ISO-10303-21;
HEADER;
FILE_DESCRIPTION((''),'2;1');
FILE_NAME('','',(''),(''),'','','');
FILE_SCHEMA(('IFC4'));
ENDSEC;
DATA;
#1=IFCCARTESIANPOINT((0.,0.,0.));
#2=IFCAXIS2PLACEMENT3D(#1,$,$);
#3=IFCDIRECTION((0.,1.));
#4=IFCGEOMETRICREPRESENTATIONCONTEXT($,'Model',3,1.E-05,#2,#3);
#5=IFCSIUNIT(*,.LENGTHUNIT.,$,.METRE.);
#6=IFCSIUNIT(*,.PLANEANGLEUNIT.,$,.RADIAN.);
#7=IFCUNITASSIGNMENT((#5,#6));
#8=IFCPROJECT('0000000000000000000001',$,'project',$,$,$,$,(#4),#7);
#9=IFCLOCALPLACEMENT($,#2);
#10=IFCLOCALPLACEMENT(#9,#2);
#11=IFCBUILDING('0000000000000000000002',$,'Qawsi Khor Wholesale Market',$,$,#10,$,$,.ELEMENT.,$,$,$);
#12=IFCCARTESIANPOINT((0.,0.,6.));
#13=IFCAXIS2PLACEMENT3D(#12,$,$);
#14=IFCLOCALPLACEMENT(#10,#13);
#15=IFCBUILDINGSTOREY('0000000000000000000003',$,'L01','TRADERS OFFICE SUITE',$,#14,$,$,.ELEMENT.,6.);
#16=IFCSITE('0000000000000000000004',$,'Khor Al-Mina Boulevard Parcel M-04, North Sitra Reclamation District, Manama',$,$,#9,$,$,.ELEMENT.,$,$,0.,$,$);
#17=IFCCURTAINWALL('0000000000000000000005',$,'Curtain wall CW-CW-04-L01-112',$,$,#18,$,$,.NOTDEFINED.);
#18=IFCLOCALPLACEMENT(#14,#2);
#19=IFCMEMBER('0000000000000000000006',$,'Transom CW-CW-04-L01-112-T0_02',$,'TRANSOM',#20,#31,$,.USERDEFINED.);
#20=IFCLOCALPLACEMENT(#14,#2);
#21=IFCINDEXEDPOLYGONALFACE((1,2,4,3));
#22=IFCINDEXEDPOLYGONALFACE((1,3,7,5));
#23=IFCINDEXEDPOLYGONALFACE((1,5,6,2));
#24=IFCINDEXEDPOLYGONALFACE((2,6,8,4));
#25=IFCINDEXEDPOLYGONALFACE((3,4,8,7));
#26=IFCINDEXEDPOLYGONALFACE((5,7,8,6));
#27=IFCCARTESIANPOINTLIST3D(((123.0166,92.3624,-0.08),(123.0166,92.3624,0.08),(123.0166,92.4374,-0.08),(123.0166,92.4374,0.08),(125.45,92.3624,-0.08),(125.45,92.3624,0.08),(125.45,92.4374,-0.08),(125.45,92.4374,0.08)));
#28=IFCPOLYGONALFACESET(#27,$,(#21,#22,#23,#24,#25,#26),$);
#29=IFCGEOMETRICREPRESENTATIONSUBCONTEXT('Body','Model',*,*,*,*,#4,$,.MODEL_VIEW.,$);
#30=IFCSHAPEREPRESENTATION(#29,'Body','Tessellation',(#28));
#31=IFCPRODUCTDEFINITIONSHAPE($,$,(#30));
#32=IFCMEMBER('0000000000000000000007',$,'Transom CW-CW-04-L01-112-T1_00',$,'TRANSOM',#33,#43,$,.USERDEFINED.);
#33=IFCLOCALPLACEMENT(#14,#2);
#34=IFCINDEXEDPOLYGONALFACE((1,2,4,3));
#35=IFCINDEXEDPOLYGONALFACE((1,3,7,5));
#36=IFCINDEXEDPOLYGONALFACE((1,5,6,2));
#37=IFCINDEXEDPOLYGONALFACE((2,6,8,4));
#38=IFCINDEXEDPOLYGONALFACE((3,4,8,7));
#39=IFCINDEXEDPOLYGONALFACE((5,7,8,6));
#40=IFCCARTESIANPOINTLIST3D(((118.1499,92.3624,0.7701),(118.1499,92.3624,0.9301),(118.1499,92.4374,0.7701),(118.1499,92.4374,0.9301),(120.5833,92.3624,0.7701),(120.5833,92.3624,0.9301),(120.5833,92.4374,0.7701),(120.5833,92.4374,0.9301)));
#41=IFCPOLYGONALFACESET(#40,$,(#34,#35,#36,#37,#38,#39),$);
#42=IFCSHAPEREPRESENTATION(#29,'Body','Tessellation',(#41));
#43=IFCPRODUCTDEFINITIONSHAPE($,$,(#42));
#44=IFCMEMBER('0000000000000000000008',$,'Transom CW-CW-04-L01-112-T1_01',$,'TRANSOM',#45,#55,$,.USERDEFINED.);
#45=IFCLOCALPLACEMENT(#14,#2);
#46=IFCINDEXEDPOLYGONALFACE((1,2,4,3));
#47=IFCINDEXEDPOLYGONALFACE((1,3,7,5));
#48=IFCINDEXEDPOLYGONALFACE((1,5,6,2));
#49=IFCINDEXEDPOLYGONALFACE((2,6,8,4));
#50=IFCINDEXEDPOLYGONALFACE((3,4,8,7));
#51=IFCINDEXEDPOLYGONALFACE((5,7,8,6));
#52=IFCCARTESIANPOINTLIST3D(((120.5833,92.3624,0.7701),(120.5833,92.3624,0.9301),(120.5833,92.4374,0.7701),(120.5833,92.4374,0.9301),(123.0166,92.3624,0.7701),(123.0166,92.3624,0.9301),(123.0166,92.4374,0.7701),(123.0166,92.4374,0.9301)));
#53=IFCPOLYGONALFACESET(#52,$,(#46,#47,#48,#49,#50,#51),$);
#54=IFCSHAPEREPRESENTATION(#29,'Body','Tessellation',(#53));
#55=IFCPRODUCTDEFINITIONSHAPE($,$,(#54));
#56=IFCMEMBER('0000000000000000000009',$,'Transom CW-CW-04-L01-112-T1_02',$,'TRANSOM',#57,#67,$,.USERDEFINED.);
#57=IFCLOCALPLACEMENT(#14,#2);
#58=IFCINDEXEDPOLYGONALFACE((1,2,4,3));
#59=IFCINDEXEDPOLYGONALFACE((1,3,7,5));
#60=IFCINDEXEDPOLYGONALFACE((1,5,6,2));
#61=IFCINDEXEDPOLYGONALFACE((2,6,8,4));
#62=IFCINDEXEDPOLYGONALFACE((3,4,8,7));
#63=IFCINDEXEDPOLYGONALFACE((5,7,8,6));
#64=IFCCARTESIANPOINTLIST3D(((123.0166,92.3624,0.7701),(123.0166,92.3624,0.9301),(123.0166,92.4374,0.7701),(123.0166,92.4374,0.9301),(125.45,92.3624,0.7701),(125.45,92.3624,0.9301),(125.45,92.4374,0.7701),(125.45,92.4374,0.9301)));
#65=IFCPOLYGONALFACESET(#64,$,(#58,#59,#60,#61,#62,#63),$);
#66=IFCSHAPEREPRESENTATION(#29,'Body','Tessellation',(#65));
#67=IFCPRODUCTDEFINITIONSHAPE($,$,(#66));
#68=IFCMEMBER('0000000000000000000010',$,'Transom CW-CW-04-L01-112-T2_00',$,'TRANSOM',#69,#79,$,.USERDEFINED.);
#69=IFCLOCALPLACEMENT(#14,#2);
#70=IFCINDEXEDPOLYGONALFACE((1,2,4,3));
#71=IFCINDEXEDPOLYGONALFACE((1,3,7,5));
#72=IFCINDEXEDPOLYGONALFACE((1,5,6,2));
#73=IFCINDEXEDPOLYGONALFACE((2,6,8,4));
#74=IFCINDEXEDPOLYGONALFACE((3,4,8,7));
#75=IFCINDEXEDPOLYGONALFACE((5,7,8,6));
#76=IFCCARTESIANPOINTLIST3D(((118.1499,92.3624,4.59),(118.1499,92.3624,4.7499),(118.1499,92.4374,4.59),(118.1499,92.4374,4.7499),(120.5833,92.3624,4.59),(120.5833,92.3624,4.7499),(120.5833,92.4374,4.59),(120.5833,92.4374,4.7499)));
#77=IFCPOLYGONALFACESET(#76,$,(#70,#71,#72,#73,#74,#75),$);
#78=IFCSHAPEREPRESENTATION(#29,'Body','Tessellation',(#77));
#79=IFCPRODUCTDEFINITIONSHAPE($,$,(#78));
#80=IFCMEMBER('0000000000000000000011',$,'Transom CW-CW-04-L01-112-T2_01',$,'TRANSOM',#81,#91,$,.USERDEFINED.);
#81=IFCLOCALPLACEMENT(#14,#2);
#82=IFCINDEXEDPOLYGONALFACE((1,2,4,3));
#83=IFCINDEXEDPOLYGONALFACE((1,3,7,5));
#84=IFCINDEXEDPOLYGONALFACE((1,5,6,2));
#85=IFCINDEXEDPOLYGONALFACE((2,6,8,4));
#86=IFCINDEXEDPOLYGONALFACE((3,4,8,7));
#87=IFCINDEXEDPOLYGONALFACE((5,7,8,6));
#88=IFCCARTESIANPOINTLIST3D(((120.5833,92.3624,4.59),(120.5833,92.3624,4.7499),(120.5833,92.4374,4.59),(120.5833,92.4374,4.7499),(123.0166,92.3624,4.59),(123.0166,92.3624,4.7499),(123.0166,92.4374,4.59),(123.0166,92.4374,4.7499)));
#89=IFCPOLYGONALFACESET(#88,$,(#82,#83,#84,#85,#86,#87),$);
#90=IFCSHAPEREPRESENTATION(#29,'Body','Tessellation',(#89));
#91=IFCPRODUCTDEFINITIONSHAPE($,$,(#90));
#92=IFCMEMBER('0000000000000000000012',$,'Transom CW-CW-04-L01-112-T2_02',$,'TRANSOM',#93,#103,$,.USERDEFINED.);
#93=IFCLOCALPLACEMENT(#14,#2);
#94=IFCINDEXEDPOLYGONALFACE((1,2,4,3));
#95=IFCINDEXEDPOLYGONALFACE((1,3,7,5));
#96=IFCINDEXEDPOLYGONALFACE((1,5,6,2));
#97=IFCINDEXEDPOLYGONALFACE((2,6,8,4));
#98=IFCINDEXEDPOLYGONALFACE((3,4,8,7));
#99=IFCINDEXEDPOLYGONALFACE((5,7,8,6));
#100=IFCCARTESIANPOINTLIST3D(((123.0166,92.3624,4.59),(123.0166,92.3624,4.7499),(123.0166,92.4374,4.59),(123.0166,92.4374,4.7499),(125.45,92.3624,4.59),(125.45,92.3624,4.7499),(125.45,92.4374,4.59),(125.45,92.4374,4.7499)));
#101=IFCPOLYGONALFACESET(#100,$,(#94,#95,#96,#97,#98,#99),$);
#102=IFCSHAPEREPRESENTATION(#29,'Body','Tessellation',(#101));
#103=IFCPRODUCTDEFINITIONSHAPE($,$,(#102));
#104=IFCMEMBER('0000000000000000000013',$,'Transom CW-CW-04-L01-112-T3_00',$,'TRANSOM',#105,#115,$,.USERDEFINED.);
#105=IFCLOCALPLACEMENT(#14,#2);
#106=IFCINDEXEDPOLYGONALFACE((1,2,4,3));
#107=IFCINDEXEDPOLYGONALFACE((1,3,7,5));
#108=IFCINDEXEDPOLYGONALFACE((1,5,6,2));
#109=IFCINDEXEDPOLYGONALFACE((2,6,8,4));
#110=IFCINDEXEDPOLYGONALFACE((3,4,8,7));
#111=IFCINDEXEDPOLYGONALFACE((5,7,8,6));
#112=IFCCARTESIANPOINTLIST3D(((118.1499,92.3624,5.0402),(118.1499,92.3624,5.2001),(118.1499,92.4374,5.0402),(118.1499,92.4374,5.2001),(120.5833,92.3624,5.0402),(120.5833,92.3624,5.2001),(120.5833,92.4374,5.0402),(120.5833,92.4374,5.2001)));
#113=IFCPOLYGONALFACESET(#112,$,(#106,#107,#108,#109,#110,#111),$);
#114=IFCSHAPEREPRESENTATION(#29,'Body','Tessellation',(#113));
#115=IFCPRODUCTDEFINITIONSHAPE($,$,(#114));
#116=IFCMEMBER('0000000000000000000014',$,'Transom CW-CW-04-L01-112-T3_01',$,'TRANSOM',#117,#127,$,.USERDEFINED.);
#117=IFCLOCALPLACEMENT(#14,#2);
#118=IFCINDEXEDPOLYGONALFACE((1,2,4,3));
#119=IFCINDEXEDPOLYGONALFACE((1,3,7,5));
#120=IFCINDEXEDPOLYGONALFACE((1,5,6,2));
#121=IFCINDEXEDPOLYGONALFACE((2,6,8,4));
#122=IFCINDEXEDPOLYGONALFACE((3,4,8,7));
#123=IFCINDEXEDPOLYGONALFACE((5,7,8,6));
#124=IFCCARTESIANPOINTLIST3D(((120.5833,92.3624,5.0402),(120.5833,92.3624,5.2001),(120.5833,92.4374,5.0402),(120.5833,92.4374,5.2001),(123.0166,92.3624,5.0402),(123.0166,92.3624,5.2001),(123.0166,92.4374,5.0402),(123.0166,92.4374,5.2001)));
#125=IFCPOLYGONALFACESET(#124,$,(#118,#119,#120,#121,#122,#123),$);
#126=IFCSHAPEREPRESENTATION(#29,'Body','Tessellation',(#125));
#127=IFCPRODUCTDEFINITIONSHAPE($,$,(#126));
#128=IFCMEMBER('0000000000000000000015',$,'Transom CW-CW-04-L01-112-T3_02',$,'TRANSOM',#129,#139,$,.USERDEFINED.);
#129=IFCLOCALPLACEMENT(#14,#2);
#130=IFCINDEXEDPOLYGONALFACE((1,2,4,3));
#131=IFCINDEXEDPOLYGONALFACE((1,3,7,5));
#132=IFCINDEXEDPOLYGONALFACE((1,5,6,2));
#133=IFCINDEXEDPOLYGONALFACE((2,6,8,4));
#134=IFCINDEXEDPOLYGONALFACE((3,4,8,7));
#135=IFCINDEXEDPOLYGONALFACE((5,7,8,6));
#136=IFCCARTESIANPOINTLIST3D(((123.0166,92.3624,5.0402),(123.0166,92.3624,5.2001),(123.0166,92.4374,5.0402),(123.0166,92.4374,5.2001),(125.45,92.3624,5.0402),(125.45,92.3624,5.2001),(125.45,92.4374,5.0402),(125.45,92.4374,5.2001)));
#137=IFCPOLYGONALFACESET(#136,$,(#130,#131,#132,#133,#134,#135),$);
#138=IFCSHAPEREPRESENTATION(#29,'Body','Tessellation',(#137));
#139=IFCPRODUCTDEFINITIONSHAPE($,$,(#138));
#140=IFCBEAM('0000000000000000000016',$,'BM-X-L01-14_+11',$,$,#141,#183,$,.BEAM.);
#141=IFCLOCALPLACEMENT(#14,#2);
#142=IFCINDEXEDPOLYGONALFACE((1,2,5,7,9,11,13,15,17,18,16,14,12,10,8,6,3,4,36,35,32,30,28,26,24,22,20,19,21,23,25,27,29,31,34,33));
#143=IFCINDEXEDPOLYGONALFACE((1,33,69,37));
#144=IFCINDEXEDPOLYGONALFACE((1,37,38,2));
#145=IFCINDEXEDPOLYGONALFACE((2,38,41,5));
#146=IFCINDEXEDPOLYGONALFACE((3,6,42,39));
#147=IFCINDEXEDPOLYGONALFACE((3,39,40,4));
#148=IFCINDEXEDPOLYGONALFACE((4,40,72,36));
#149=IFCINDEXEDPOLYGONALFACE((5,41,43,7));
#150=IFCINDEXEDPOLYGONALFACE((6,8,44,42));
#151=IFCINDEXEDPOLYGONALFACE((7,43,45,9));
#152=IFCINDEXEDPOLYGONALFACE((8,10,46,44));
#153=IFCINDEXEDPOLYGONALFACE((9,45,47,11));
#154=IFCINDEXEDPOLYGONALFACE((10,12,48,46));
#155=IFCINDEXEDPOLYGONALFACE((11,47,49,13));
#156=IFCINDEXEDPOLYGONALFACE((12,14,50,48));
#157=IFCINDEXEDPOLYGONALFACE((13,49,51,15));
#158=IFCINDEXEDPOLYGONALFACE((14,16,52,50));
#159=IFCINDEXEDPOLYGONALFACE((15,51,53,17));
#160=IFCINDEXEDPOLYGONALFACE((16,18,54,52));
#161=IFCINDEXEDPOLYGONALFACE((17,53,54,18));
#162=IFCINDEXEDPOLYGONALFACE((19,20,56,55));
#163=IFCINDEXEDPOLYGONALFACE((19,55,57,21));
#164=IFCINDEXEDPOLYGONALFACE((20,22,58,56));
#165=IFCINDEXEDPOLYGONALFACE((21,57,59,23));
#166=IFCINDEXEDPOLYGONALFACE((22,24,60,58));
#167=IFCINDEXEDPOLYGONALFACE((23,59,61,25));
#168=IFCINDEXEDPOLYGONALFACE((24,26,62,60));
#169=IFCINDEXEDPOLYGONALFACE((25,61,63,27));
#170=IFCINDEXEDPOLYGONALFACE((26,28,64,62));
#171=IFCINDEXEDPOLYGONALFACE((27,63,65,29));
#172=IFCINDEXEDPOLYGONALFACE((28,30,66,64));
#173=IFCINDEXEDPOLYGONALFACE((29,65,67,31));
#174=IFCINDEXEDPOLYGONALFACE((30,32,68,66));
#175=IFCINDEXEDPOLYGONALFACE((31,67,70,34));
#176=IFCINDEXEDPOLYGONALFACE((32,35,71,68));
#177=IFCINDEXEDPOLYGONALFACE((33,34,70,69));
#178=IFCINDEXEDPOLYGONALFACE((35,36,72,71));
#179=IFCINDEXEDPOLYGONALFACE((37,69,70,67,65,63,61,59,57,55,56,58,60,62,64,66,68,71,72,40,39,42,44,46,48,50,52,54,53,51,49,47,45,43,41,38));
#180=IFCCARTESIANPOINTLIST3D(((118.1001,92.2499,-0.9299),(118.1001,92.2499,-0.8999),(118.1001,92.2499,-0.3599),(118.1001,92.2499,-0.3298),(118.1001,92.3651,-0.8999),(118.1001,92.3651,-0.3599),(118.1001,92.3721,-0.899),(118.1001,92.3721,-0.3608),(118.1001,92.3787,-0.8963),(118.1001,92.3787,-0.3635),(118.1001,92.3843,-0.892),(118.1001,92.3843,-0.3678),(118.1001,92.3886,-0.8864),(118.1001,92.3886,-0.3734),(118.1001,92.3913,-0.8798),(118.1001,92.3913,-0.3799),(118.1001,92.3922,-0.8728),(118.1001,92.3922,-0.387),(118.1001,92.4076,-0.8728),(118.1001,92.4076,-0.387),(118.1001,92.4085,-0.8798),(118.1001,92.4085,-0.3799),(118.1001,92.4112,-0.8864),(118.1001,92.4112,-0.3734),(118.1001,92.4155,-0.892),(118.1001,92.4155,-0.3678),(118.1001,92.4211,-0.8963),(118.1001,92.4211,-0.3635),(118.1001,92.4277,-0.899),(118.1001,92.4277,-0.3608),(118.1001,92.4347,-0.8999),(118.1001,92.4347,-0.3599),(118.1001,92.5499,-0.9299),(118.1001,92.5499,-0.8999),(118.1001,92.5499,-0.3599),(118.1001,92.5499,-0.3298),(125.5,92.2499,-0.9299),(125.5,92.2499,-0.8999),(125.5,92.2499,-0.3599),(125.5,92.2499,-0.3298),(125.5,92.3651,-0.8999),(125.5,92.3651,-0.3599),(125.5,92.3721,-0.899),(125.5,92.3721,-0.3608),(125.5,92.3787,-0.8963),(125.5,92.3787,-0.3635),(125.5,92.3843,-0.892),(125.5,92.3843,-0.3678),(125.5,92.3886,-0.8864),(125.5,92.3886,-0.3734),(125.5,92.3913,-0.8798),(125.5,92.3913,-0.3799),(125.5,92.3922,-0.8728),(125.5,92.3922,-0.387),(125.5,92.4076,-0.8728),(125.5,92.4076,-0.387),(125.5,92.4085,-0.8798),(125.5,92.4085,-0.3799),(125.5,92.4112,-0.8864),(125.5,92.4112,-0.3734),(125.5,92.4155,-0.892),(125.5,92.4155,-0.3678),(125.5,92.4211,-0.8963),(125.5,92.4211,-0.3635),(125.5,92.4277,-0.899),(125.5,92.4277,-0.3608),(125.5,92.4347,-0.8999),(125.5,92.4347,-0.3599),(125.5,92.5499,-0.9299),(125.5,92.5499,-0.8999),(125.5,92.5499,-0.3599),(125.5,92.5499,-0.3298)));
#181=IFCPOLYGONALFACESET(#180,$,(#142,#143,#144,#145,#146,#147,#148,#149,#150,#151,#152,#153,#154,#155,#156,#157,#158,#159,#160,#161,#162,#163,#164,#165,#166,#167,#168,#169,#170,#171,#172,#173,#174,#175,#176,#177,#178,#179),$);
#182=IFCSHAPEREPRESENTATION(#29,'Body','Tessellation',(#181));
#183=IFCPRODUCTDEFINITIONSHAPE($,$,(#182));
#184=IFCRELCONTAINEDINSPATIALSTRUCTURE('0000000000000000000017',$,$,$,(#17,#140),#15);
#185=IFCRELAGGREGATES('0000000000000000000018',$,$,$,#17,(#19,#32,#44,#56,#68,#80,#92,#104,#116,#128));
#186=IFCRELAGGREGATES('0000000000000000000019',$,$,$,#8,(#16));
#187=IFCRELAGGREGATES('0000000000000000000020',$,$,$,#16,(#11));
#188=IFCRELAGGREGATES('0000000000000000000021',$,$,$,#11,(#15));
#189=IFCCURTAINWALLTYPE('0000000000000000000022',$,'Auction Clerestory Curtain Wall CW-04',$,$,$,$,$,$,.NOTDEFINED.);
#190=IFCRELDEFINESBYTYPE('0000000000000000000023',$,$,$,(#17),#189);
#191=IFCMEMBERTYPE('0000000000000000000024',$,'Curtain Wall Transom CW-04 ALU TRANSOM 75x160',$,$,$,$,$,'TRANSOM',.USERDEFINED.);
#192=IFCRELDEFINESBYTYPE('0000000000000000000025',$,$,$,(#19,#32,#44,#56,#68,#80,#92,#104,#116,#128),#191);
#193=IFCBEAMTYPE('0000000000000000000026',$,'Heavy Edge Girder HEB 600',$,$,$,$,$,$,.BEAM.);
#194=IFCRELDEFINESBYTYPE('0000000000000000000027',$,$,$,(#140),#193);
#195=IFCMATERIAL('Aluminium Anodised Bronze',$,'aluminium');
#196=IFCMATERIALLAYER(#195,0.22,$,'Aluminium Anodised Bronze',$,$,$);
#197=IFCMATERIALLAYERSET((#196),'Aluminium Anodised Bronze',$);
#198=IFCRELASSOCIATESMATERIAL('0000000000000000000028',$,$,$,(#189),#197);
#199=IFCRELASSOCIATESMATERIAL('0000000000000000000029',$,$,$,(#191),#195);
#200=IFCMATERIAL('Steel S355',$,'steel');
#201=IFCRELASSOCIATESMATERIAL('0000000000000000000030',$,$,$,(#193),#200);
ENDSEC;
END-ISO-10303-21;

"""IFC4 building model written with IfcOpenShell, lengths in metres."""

from ifc_helpers import new_model, si_unit, direction, frame, origin, origin_2d, place, context, subcontext, project, spatial, rectangle, i_section, extrude, material, layer, layer_set, material_profile, profile_set, type_object, element, aggregate, save


model = new_model("IFC4")

# Units and contexts
model_context = context("Model", 3, precision=1e-05, world=origin(), true_north=direction((0.0, 1.0)))
body_context = subcontext(model_context, "Body", "Model", "MODEL_VIEW")
ifc_project = project(units=[si_unit("LENGTHUNIT", "METRE"), si_unit("PLANEANGLEUNIT", "RADIAN")], contexts=[model_context])

# Site, building, storey
site_placement = place(None, origin())
site = spatial("IfcSite", under=ifc_project, at=site_placement, Name="Khor Al-Mina Boulevard Parcel M-04, North Sitra Reclamation District, Manama", CompositionType="ELEMENT", RefElevation=0.0)
building_placement = place(site_placement, origin())
building = spatial("IfcBuilding", under=site, at=building_placement, Name="Qawsi Khor Wholesale Market", CompositionType="ELEMENT")
storey_placement = place(building_placement, frame((0.0, 0.0, 6.0)))
storey = spatial("IfcBuildingStorey", under=building, at=storey_placement, Name="L01", Description="TRADERS OFFICE SUITE", CompositionType="ELEMENT", Elevation=6.0)

# Curtain wall
ifc_material_1 = material(Name="Aluminium Anodised Bronze", Category="aluminium")
ifc_layer_1 = layer(ifc_material_1, 0.22, Name="Aluminium Anodised Bronze")
ifc_layer_set_1 = layer_set([ifc_layer_1], Name="Aluminium Anodised Bronze")
curtain_wall_type = type_object("IfcCurtainWallType", Name="Auction Clerestory Curtain Wall CW-04", PredefinedType="NOTDEFINED", material=ifc_layer_set_1)
curtain_wall_1_placement = place(storey_placement, origin())
curtain_wall_1 = element("IfcCurtainWall", 1, at=curtain_wall_1_placement, inside=storey, type_object=curtain_wall_type, Name="Curtain wall CW-CW-04-L01-112", PredefinedType="NOTDEFINED")

# Members
ifc_material_profile_1 = material_profile(ifc_material_1, rectangle(XDim=0.075, YDim=0.1599, at=origin_2d()), Name="ALU TRANSOM 75x160")
ifc_profile_set_1 = profile_set([ifc_material_profile_1], Name="Aluminium Anodised Bronze")
member_type_1 = type_object("IfcMemberType", Name="Curtain Wall Transom CW-04 ALU TRANSOM 75x160", ElementType="TRANSOM", PredefinedType="USERDEFINED", material=ifc_profile_set_1)
member_1_placement = place(storey_placement, frame((123.0166, 92.3999, 0.0), z_axis=(1.0, 0.0, 0.0), x_axis=(0.0, 1.0, 0.0)))
member_1 = element("IfcMember", 2, at=member_1_placement, type_object=member_type_1, Name="Transom CW-CW-04-L01-112-T0_02", ObjectType="TRANSOM", PredefinedType="USERDEFINED", context=body_context, shape_type="SweptSolid", body=[
    extrude(rectangle(XDim=0.075, YDim=0.1599, at=origin_2d()), origin(), (0.0, 0.0, 1.0), 2.4333),
])
member_2_placement = place(storey_placement, frame((118.1499, 92.3999, 0.8501), z_axis=(1.0, 0.0, 0.0), x_axis=(0.0, 1.0, 0.0)))
member_2 = element("IfcMember", 3, at=member_2_placement, type_object=member_type_1, Name="Transom CW-CW-04-L01-112-T1_00", ObjectType="TRANSOM", PredefinedType="USERDEFINED", context=body_context, shape_type="SweptSolid", body=[
    extrude(rectangle(XDim=0.075, YDim=0.1599, at=origin_2d()), origin(), (0.0, 0.0, 1.0), 2.4333),
])
member_3_placement = place(storey_placement, frame((120.5833, 92.3999, 0.8501), z_axis=(1.0, 0.0, 0.0), x_axis=(0.0, 1.0, 0.0)))
member_3 = element("IfcMember", 4, at=member_3_placement, type_object=member_type_1, Name="Transom CW-CW-04-L01-112-T1_01", ObjectType="TRANSOM", PredefinedType="USERDEFINED", context=body_context, shape_type="SweptSolid", body=[
    extrude(rectangle(XDim=0.075, YDim=0.1599, at=origin_2d()), origin(), (0.0, 0.0, 1.0), 2.4333),
])
member_4_placement = place(storey_placement, frame((123.0166, 92.3999, 0.8501), z_axis=(1.0, 0.0, 0.0), x_axis=(0.0, 1.0, 0.0)))
member_4 = element("IfcMember", 5, at=member_4_placement, type_object=member_type_1, Name="Transom CW-CW-04-L01-112-T1_02", ObjectType="TRANSOM", PredefinedType="USERDEFINED", context=body_context, shape_type="SweptSolid", body=[
    extrude(rectangle(XDim=0.075, YDim=0.1599, at=origin_2d()), origin(), (0.0, 0.0, 1.0), 2.4333),
])
member_5_placement = place(storey_placement, frame((118.1499, 92.3999, 4.6699), z_axis=(1.0, 0.0, 0.0), x_axis=(0.0, 1.0, 0.0)))
member_5 = element("IfcMember", 6, at=member_5_placement, type_object=member_type_1, Name="Transom CW-CW-04-L01-112-T2_00", ObjectType="TRANSOM", PredefinedType="USERDEFINED", context=body_context, shape_type="SweptSolid", body=[
    extrude(rectangle(XDim=0.075, YDim=0.1599, at=origin_2d()), origin(), (0.0, 0.0, 1.0), 2.4333),
])
member_6_placement = place(storey_placement, frame((120.5833, 92.3999, 4.6699), z_axis=(1.0, 0.0, 0.0), x_axis=(0.0, 1.0, 0.0)))
member_6 = element("IfcMember", 7, at=member_6_placement, type_object=member_type_1, Name="Transom CW-CW-04-L01-112-T2_01", ObjectType="TRANSOM", PredefinedType="USERDEFINED", context=body_context, shape_type="SweptSolid", body=[
    extrude(rectangle(XDim=0.075, YDim=0.1599, at=origin_2d()), origin(), (0.0, 0.0, 1.0), 2.4333),
])
member_7_placement = place(storey_placement, frame((123.0166, 92.3999, 4.6699), z_axis=(1.0, 0.0, 0.0), x_axis=(0.0, 1.0, 0.0)))
member_7 = element("IfcMember", 8, at=member_7_placement, type_object=member_type_1, Name="Transom CW-CW-04-L01-112-T2_02", ObjectType="TRANSOM", PredefinedType="USERDEFINED", context=body_context, shape_type="SweptSolid", body=[
    extrude(rectangle(XDim=0.075, YDim=0.1599, at=origin_2d()), origin(), (0.0, 0.0, 1.0), 2.4333),
])
member_8_placement = place(storey_placement, frame((118.1499, 92.3999, 5.1201), z_axis=(1.0, 0.0, 0.0), x_axis=(0.0, 1.0, 0.0)))
member_8 = element("IfcMember", 9, at=member_8_placement, type_object=member_type_1, Name="Transom CW-CW-04-L01-112-T3_00", ObjectType="TRANSOM", PredefinedType="USERDEFINED", context=body_context, shape_type="SweptSolid", body=[
    extrude(rectangle(XDim=0.075, YDim=0.1599, at=origin_2d()), origin(), (0.0, 0.0, 1.0), 2.4333),
])
member_9_placement = place(storey_placement, frame((120.5833, 92.3999, 5.1201), z_axis=(1.0, 0.0, 0.0), x_axis=(0.0, 1.0, 0.0)))
member_9 = element("IfcMember", 10, at=member_9_placement, type_object=member_type_1, Name="Transom CW-CW-04-L01-112-T3_01", ObjectType="TRANSOM", PredefinedType="USERDEFINED", context=body_context, shape_type="SweptSolid", body=[
    extrude(rectangle(XDim=0.075, YDim=0.1599, at=origin_2d()), origin(), (0.0, 0.0, 1.0), 2.4333),
])
member_10_placement = place(storey_placement, frame((123.0166, 92.3999, 5.1201), z_axis=(1.0, 0.0, 0.0), x_axis=(0.0, 1.0, 0.0)))
member_10 = element("IfcMember", 11, at=member_10_placement, type_object=member_type_1, Name="Transom CW-CW-04-L01-112-T3_02", ObjectType="TRANSOM", PredefinedType="USERDEFINED", context=body_context, shape_type="SweptSolid", body=[
    extrude(rectangle(XDim=0.075, YDim=0.1599, at=origin_2d()), origin(), (0.0, 0.0, 1.0), 2.4333),
])

# Beam
ifc_material_2 = material(Name="Steel S355", Category="steel")
ifc_material_profile_2 = material_profile(ifc_material_2, i_section(OverallWidth=0.3, OverallDepth=0.6001, WebThickness=0.0154, FlangeThickness=0.03, FilletRadius=0.0271, at=origin_2d()), Name="HEB 600")
ifc_profile_set_2 = profile_set([ifc_material_profile_2], Name="Steel S355")
beam_type = type_object("IfcBeamType", Name="Heavy Edge Girder HEB 600", PredefinedType="BEAM", material=ifc_profile_set_2)
for number, where, z_axis, x_axis, name in (
    (12, (118.1001, 92.3999, -0.6299), (1.0, 0.0, 0.0), (0.0, 1.0, 0.0), "BM-X-L01-14_+11"),
):
    element("IfcBeam", number, at=place(storey_placement, frame(where, z_axis=z_axis, x_axis=x_axis)), inside=storey, type_object=beam_type, Name=name, PredefinedType="BEAM", context=body_context, shape_type="SweptSolid", body=[
        extrude(i_section(OverallWidth=0.3, OverallDepth=0.6001, WebThickness=0.0154, FlangeThickness=0.03, FilletRadius=0.0271, at=origin_2d()), origin(), (0.0, 0.0, 1.0), 7.3999),
    ])

aggregate(curtain_wall_1, [member_1, member_2, member_3, member_4, member_5, member_6, member_7, member_8, member_9, member_10])

save(model, "model.ifc")
